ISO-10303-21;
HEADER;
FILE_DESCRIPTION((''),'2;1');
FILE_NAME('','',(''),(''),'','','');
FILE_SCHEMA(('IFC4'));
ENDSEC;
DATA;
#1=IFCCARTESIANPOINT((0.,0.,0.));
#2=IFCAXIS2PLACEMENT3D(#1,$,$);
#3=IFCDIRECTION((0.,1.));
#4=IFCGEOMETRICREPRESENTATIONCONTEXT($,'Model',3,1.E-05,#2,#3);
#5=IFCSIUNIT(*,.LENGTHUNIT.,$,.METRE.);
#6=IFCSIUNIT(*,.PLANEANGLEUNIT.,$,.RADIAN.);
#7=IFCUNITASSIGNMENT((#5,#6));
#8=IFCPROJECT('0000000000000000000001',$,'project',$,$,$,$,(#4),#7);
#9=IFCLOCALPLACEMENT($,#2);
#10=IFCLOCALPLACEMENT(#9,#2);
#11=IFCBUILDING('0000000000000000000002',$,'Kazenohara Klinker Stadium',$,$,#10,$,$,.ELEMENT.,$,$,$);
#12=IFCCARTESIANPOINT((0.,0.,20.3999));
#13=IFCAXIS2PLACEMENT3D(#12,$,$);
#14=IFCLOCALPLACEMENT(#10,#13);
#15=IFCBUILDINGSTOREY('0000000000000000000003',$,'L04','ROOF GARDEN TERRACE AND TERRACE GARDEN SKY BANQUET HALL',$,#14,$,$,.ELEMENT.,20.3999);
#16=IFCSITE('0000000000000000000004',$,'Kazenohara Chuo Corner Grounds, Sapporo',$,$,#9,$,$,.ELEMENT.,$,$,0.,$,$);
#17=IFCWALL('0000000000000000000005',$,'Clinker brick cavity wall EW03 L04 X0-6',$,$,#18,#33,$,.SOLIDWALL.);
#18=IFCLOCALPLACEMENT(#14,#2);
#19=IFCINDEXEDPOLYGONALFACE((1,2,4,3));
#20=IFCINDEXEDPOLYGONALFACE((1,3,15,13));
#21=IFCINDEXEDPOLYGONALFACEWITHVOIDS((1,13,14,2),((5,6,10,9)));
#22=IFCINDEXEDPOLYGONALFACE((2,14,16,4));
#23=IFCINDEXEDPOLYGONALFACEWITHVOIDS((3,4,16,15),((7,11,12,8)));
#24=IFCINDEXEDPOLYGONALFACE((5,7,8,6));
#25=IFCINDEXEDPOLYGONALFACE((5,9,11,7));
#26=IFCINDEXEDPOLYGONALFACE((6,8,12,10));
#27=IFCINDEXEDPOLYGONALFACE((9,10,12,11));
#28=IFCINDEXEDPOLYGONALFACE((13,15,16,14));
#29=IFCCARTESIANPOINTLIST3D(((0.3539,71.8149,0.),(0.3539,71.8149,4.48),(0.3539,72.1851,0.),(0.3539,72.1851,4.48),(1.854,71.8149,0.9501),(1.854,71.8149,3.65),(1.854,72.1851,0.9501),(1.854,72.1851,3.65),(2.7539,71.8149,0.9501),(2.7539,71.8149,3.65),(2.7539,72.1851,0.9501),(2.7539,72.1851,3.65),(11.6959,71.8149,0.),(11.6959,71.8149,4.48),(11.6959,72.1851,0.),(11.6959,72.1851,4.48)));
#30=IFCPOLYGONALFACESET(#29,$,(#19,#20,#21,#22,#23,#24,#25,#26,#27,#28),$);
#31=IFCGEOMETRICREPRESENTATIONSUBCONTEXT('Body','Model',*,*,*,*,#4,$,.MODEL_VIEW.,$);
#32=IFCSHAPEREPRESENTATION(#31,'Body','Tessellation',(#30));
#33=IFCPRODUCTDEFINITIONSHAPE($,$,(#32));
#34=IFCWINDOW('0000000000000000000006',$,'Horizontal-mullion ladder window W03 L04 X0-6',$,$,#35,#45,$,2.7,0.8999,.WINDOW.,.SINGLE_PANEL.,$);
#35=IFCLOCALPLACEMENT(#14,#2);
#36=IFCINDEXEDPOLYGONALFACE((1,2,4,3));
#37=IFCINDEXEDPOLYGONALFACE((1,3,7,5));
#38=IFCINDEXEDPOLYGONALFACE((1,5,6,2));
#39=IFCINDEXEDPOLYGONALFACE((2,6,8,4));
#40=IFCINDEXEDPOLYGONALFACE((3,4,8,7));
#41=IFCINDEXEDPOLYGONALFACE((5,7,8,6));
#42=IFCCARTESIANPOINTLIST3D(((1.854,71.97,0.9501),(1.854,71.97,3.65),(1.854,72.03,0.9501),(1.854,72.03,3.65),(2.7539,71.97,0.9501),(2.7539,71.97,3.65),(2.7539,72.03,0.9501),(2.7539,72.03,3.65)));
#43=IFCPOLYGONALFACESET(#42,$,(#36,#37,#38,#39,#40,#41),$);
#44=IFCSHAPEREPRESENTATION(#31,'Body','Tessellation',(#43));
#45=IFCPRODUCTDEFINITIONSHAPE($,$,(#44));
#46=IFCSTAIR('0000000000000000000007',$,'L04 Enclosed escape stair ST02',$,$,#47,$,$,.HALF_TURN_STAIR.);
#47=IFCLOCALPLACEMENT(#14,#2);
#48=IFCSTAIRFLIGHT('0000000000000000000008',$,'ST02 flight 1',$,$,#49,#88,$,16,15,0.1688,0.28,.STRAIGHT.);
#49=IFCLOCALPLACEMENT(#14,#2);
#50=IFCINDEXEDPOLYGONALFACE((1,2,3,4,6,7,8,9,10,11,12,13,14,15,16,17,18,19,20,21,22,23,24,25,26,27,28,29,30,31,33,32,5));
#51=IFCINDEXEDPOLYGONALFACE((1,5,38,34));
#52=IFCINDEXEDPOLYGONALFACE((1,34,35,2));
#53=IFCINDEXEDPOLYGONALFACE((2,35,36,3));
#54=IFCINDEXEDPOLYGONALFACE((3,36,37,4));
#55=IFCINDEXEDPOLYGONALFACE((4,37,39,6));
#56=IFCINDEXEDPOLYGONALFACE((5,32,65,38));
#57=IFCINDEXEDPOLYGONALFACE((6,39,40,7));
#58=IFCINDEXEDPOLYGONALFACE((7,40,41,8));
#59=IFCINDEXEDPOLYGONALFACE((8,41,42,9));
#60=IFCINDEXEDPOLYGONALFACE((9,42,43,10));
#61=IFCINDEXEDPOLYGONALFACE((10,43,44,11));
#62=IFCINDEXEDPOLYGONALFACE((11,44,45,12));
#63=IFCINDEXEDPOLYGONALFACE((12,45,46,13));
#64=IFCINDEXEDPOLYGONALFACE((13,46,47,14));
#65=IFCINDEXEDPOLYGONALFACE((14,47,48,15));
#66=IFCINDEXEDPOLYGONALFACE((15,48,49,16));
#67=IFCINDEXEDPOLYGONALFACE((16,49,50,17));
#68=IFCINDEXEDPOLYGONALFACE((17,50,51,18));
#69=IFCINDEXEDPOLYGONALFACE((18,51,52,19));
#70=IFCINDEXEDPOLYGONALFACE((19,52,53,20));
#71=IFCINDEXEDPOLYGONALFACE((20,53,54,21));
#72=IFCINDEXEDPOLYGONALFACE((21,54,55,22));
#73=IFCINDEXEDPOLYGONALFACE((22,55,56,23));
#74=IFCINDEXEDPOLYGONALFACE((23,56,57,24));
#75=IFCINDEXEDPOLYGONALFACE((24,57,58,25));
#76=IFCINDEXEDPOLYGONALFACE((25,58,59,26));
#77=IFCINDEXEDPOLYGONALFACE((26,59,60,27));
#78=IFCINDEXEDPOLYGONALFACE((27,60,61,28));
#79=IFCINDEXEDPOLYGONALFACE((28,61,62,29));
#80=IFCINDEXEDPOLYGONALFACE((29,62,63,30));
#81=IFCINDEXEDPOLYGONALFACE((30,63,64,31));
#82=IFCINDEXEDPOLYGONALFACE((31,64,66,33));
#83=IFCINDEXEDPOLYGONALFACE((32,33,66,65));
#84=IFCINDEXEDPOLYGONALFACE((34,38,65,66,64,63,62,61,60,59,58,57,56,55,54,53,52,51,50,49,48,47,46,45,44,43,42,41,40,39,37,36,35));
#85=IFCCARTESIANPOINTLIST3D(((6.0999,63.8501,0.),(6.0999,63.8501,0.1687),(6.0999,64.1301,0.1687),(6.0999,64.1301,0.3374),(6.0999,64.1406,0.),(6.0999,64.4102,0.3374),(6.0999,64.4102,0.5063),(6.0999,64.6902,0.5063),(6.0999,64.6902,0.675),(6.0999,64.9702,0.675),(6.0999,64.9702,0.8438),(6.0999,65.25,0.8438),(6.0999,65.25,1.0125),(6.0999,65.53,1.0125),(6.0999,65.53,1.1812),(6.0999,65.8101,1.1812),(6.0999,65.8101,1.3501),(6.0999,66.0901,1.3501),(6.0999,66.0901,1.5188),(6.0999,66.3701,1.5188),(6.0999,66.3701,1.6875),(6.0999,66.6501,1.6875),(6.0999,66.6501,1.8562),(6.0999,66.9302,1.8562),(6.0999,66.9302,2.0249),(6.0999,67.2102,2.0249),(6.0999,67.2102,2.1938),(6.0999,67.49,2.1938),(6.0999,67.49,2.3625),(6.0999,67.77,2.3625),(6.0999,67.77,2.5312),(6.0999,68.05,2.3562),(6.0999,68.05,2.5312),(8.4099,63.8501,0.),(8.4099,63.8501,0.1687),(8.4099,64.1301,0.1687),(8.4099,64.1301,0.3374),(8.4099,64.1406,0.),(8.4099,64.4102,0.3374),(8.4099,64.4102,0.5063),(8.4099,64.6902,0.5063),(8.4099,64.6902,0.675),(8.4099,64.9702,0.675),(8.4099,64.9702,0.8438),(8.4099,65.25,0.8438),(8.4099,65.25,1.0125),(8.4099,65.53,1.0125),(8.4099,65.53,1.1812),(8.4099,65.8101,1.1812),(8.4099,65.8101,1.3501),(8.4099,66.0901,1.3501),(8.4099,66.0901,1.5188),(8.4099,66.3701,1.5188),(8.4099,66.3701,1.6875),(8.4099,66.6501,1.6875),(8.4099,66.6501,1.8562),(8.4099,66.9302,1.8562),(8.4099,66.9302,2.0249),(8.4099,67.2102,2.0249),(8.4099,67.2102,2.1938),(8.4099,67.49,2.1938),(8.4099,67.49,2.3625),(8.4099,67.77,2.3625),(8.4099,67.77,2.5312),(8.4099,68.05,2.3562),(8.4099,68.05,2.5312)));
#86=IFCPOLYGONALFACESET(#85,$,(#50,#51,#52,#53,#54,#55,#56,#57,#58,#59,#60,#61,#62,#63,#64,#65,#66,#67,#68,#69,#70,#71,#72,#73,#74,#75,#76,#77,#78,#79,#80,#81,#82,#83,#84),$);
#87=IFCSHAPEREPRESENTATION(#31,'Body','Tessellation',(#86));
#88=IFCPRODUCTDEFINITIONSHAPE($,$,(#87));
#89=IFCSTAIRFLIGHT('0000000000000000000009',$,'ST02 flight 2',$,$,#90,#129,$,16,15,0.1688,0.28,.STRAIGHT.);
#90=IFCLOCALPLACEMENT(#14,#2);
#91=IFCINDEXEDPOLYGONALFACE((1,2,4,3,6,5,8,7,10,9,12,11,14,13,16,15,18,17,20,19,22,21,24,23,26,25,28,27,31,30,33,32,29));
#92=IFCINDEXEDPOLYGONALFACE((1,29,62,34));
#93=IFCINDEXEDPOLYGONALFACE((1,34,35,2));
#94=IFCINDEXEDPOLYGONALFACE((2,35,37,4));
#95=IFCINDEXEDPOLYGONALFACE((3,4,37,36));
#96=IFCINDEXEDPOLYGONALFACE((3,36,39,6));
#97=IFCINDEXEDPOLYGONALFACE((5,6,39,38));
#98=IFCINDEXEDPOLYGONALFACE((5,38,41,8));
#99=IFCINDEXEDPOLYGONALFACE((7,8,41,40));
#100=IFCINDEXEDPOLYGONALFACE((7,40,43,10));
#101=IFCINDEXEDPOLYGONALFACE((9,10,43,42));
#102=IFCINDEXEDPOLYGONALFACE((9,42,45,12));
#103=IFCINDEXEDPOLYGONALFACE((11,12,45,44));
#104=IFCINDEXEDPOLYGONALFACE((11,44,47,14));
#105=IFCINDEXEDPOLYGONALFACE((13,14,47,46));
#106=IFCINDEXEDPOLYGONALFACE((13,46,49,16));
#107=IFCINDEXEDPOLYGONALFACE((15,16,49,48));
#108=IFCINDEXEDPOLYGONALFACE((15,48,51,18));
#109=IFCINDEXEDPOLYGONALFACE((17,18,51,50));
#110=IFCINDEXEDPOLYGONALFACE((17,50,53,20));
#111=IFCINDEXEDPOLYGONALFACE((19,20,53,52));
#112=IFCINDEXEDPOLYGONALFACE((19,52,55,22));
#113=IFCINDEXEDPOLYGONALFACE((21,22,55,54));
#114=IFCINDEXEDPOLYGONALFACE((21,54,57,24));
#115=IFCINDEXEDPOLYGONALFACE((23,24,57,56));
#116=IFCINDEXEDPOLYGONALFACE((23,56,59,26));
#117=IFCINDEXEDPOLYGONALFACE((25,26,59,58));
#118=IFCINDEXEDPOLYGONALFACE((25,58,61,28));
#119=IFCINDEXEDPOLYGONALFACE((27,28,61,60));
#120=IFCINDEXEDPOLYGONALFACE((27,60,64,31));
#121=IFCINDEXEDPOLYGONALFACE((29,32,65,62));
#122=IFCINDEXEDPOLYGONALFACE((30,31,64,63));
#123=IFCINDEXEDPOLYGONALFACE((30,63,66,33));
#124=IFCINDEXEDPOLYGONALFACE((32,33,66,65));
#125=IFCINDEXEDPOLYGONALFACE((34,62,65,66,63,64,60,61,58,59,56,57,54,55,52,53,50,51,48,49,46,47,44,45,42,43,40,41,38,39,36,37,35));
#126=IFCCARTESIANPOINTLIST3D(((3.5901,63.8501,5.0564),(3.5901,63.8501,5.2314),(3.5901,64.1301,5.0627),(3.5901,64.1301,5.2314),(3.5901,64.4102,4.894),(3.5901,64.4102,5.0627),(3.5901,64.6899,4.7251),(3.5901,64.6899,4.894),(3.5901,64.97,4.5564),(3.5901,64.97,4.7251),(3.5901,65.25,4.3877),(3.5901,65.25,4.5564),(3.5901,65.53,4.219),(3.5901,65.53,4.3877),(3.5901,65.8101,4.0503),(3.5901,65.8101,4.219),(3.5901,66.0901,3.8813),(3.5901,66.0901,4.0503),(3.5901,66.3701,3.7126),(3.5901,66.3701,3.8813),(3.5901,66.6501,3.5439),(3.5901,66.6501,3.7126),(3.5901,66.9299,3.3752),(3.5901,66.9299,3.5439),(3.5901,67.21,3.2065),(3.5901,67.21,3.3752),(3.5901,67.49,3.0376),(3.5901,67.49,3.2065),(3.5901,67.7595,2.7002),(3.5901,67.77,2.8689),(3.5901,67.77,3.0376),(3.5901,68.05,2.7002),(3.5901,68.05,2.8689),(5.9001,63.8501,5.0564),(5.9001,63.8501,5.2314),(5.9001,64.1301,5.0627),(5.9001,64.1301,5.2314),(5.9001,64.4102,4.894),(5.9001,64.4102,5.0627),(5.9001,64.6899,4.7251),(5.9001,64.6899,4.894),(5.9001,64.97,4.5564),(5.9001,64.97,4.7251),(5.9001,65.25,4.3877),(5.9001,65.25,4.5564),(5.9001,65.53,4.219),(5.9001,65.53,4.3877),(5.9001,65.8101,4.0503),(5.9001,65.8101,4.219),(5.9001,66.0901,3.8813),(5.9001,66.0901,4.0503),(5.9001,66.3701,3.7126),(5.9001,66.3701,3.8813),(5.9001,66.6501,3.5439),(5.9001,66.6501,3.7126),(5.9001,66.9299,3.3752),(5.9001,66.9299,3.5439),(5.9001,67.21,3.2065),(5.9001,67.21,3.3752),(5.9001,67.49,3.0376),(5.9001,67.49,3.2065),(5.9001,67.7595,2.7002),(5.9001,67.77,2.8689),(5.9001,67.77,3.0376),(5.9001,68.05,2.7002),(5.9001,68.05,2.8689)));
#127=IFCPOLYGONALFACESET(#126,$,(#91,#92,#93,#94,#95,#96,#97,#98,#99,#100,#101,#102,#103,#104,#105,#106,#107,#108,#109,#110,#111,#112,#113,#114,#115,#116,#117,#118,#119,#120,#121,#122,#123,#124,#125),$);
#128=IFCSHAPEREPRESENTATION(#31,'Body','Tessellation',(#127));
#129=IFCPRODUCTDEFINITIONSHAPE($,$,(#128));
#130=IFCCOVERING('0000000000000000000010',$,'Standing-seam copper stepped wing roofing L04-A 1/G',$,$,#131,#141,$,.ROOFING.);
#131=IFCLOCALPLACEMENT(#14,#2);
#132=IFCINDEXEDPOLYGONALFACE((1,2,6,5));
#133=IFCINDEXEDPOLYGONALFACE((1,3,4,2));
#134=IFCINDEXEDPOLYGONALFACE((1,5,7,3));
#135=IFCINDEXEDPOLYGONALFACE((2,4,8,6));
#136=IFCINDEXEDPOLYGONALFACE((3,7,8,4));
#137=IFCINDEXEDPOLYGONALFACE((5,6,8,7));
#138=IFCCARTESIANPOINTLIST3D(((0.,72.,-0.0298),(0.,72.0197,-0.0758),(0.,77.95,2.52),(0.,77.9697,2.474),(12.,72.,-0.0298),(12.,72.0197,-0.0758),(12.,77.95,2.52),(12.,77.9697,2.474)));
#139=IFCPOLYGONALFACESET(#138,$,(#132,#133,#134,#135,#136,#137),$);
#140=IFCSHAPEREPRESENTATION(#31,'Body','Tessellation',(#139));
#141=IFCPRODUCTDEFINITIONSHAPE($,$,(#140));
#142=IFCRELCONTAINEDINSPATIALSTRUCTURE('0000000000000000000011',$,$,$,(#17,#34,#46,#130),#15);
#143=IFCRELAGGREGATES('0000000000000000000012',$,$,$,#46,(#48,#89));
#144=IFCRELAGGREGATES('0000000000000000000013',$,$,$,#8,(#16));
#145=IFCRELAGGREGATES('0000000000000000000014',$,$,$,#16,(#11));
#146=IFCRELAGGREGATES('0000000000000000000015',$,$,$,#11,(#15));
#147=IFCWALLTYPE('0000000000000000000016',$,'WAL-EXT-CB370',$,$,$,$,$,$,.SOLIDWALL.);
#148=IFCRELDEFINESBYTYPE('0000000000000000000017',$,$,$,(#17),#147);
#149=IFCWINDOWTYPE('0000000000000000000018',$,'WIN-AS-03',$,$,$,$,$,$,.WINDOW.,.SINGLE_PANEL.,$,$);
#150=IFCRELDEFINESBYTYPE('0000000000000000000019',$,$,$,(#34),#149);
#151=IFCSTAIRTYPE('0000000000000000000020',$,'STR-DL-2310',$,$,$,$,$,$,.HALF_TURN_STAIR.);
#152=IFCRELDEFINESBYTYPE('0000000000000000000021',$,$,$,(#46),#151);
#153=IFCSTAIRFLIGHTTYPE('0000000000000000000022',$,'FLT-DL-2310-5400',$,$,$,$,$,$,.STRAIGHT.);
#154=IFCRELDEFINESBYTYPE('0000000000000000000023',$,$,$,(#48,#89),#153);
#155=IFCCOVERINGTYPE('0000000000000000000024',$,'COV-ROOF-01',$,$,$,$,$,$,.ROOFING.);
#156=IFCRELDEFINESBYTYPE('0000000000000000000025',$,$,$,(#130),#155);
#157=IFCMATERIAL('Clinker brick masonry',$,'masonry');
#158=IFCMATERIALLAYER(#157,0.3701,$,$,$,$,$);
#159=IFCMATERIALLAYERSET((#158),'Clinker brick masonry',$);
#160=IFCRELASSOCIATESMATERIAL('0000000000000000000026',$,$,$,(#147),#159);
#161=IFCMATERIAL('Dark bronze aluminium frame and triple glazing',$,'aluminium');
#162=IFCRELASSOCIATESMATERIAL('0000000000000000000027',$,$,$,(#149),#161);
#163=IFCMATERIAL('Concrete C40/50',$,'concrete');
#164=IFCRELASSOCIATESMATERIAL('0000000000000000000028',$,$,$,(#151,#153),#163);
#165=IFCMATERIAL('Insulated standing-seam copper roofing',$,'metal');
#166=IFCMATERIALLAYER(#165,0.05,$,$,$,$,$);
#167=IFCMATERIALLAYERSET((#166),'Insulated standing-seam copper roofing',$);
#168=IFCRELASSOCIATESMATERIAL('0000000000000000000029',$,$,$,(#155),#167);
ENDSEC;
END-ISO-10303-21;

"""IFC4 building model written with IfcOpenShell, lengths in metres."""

from ifc_helpers import new_model, si_unit, direction, frame, frame_2d, origin, place, context, subcontext, project, spatial, polyline, rectangle, outline, extrude, material, layer, layer_set, type_object, element, fill, aggregate, save


model = new_model("IFC4")

# Units and contexts
model_context = context("Model", 3, precision=1e-05, world=origin(), true_north=direction((0.0, 1.0)))
body_context = subcontext(model_context, "Body", "Model", "MODEL_VIEW")
ifc_project = project(units=[si_unit("LENGTHUNIT", "METRE"), si_unit("PLANEANGLEUNIT", "RADIAN")], contexts=[model_context])

# Site, building, storey
site_placement = place(None, origin())
site = spatial("IfcSite", under=ifc_project, at=site_placement, Name="Kazenohara Chuo Corner Grounds, Sapporo", CompositionType="ELEMENT", RefElevation=0.0)
building_placement = place(site_placement, origin())
building = spatial("IfcBuilding", under=site, at=building_placement, Name="Kazenohara Klinker Stadium", CompositionType="ELEMENT")
storey_placement = place(building_placement, frame((0.0, 0.0, 20.3999)))
storey = spatial("IfcBuildingStorey", under=building, at=storey_placement, Name="L04", Description="ROOF GARDEN TERRACE AND TERRACE GARDEN SKY BANQUET HALL", CompositionType="ELEMENT", Elevation=20.3999)

# Shared definitions
ifc_material_1 = material(Name="Concrete C40/50", Category="concrete")

# Shared definitions
ifc_material_2 = material(Name="Clinker brick masonry", Category="masonry")

# Wall, opening, window
ifc_layer_1 = layer(ifc_material_2, 0.3701)
ifc_layer_set_1 = layer_set([ifc_layer_1], Name="Clinker brick masonry")
wall_type_1 = type_object("IfcWallType", Name="WAL-EXT-CB370", PredefinedType="SOLIDWALL", material=ifc_layer_set_1)
wall_1_placement = place(storey_placement, frame((0.354, 72.0, 0.0), z_axis=(0.0, 0.0, 1.0), x_axis=(1.0, 0.0, 0.0)))
wall_1 = element("IfcWall", 1, at=wall_1_placement, inside=storey, type_object=wall_type_1, Name="Clinker brick cavity wall EW03 L04 X0-6", PredefinedType="SOLIDWALL", context=body_context, shape_type="SweptSolid", body=[
    extrude(rectangle(XDim=11.342, YDim=0.3701, at=frame_2d((5.6709, 0.0))), origin(), (0.0, 0.0, 1.0), 4.48),
])
opening_placement = place(wall_1_placement, frame((1.5, 0.0, 0.95)))
opening = element("IfcOpeningElement", 2, at=opening_placement, cuts=wall_1, PredefinedType="OPENING", context=body_context, shape_type="SweptSolid", body=[
    extrude(rectangle(XDim=0.8999, YDim=2.7, at=frame_2d((0.45, 1.3501))), frame((0.0, 0.1951, 0.0), z_axis=(0.0, -1.0, 0.0), x_axis=(1.0, 0.0, 0.0)), (0.0, 0.0, 1.0), 0.3901),
])
ifc_material_3 = material(Name="Dark bronze aluminium frame and triple glazing", Category="aluminium")
window_type = type_object("IfcWindowType", Name="WIN-AS-03", PartitioningType="SINGLE_PANEL", PredefinedType="WINDOW", material=ifc_material_3)
window_placement = place(opening_placement, origin())
window = element("IfcWindow", 3, at=window_placement, inside=storey, type_object=window_type, Name="Horizontal-mullion ladder window W03 L04 X0-6", OverallHeight=2.7, OverallWidth=0.8999, PartitioningType="SINGLE_PANEL", PredefinedType="WINDOW", context=body_context, shape_type="SweptSolid", body=[
    extrude(rectangle(XDim=0.8999, YDim=2.7, at=frame_2d((0.45, 1.3501))), frame((0.0, 0.03, 0.0), z_axis=(0.0, -1.0, 0.0), x_axis=(1.0, 0.0, 0.0)), (0.0, 0.0, 1.0), 0.0601),
])
fill(opening, window)

# Stair, stair flights
stair_type = type_object("IfcStairType", Name="STR-DL-2310", PredefinedType="HALF_TURN_STAIR", material=ifc_material_1)
stair_placement = place(storey_placement, origin())
stair = element("IfcStair", 4, at=stair_placement, inside=storey, type_object=stair_type, Name="L04 Enclosed escape stair ST02", PredefinedType="HALF_TURN_STAIR")
stair_flight_type = type_object("IfcStairFlightType", Name="FLT-DL-2310-5400", PredefinedType="STRAIGHT", material=ifc_material_1)
stair_flight_1_placement = place(storey_placement, frame((7.2549, 63.8501, 0.0), z_axis=(0.0, 0.0, 1.0), x_axis=(0.0, 1.0, 0.0)))
stair_flight_1 = element("IfcStairFlight", 5, at=stair_flight_1_placement, type_object=stair_flight_type, Name="ST02 flight 1", NumberOfRisers=16, NumberOfTreads=15, PredefinedType="STRAIGHT", RiserHeight=0.1688, TreadLength=0.28, context=body_context, shape_type="SweptSolid", body=[
    extrude(outline(polyline([(0.0, 0.0), (0.0, 0.1687), (0.28, 0.1687), (0.28, 0.3374), (0.5601, 0.3374), (0.5601, 0.5063), (0.8401, 0.5063), (0.8401, 0.675), (1.1201, 0.675), (1.1201, 0.8438), (1.3999, 0.8438), (1.3999, 1.0125), (1.6799, 1.0125), (1.6799, 1.1812), (1.96, 1.1812), (1.96, 1.3501), (2.24, 1.3501), (2.24, 1.5188), (2.52, 1.5188), (2.52, 1.6875), (2.8, 1.6875), (2.8, 1.8562), (3.0801, 1.8562), (3.0801, 2.0249), (3.3601, 2.0249), (3.3601, 2.1938), (3.6399, 2.1938), (3.6399, 2.3625), (3.9199, 2.3625), (3.9199, 2.5312), (4.2, 2.5312), (4.2, 2.7), (4.2, 2.3562), (0.2905, 0.0), (0.0, 0.0)])), frame((0.0, 1.155, 0.0), z_axis=(0.0, -1.0, 0.0), x_axis=(1.0, 0.0, 0.0)), (0.0, 0.0, 1.0), 2.3101),
])
stair_flight_2_placement = place(storey_placement, frame((4.7451, 68.05, 2.7002), z_axis=(0.0, 0.0, 1.0), x_axis=(0.0, -1.0, 0.0)))
stair_flight_2 = element("IfcStairFlight", 6, at=stair_flight_2_placement, type_object=stair_flight_type, Name="ST02 flight 2", NumberOfRisers=16, NumberOfTreads=15, PredefinedType="STRAIGHT", RiserHeight=0.1688, TreadLength=0.28, context=body_context, shape_type="SweptSolid", body=[
    extrude(outline(polyline([(0.0, 0.0), (0.0, 0.1687), (0.28, 0.1687), (0.28, 0.3374), (0.5601, 0.3374), (0.5601, 0.5063), (0.8401, 0.5063), (0.8401, 0.675), (1.1201, 0.675), (1.1201, 0.8438), (1.3999, 0.8438), (1.3999, 1.0125), (1.6799, 1.0125), (1.6799, 1.1812), (1.96, 1.1812), (1.96, 1.3501), (2.24, 1.3501), (2.24, 1.5188), (2.52, 1.5188), (2.52, 1.6875), (2.8, 1.6875), (2.8, 1.8562), (3.0801, 1.8562), (3.0801, 2.0249), (3.3601, 2.0249), (3.3601, 2.1938), (3.6399, 2.1938), (3.6399, 2.3625), (3.9199, 2.3625), (3.9199, 2.5312), (4.2, 2.5312), (4.2, 2.7), (4.2, 2.3562), (0.2905, 0.0), (0.0, 0.0)])), frame((0.0, 1.155, 0.0), z_axis=(0.0, -1.0, 0.0), x_axis=(1.0, 0.0, 0.0)), (0.0, 0.0, 1.0), 2.3101),
])
aggregate(stair, [stair_flight_1, stair_flight_2])

# Covering
ifc_material_4 = material(Name="Insulated standing-seam copper roofing", Category="metal")
ifc_layer_2 = layer(ifc_material_4, 0.05)
ifc_layer_set_2 = layer_set([ifc_layer_2], Name="Insulated standing-seam copper roofing")
covering_type = type_object("IfcCoveringType", Name="COV-ROOF-01", PredefinedType="ROOFING", material=ifc_layer_set_2)
covering_placement = place(storey_placement, frame((0.0, 72.0, -0.0298), z_axis=(0.0, -0.393897, 0.919155), x_axis=(1.0, 0.0, 0.0)))
element("IfcCovering", 7, at=covering_placement, inside=storey, type_object=covering_type, Name="Standing-seam copper stepped wing roofing L04-A 1/G", PredefinedType="ROOFING", context=body_context, shape_type="SweptSolid", body=[
    extrude(outline(polyline([(0.0, 0.0), (12.0, 0.0), (12.0, 6.4733), (0.0, 6.4733), (0.0, 0.0)])), origin(), (0.0, 0.0, -1.0), 0.05),
])

save(model, "model.ifc")
